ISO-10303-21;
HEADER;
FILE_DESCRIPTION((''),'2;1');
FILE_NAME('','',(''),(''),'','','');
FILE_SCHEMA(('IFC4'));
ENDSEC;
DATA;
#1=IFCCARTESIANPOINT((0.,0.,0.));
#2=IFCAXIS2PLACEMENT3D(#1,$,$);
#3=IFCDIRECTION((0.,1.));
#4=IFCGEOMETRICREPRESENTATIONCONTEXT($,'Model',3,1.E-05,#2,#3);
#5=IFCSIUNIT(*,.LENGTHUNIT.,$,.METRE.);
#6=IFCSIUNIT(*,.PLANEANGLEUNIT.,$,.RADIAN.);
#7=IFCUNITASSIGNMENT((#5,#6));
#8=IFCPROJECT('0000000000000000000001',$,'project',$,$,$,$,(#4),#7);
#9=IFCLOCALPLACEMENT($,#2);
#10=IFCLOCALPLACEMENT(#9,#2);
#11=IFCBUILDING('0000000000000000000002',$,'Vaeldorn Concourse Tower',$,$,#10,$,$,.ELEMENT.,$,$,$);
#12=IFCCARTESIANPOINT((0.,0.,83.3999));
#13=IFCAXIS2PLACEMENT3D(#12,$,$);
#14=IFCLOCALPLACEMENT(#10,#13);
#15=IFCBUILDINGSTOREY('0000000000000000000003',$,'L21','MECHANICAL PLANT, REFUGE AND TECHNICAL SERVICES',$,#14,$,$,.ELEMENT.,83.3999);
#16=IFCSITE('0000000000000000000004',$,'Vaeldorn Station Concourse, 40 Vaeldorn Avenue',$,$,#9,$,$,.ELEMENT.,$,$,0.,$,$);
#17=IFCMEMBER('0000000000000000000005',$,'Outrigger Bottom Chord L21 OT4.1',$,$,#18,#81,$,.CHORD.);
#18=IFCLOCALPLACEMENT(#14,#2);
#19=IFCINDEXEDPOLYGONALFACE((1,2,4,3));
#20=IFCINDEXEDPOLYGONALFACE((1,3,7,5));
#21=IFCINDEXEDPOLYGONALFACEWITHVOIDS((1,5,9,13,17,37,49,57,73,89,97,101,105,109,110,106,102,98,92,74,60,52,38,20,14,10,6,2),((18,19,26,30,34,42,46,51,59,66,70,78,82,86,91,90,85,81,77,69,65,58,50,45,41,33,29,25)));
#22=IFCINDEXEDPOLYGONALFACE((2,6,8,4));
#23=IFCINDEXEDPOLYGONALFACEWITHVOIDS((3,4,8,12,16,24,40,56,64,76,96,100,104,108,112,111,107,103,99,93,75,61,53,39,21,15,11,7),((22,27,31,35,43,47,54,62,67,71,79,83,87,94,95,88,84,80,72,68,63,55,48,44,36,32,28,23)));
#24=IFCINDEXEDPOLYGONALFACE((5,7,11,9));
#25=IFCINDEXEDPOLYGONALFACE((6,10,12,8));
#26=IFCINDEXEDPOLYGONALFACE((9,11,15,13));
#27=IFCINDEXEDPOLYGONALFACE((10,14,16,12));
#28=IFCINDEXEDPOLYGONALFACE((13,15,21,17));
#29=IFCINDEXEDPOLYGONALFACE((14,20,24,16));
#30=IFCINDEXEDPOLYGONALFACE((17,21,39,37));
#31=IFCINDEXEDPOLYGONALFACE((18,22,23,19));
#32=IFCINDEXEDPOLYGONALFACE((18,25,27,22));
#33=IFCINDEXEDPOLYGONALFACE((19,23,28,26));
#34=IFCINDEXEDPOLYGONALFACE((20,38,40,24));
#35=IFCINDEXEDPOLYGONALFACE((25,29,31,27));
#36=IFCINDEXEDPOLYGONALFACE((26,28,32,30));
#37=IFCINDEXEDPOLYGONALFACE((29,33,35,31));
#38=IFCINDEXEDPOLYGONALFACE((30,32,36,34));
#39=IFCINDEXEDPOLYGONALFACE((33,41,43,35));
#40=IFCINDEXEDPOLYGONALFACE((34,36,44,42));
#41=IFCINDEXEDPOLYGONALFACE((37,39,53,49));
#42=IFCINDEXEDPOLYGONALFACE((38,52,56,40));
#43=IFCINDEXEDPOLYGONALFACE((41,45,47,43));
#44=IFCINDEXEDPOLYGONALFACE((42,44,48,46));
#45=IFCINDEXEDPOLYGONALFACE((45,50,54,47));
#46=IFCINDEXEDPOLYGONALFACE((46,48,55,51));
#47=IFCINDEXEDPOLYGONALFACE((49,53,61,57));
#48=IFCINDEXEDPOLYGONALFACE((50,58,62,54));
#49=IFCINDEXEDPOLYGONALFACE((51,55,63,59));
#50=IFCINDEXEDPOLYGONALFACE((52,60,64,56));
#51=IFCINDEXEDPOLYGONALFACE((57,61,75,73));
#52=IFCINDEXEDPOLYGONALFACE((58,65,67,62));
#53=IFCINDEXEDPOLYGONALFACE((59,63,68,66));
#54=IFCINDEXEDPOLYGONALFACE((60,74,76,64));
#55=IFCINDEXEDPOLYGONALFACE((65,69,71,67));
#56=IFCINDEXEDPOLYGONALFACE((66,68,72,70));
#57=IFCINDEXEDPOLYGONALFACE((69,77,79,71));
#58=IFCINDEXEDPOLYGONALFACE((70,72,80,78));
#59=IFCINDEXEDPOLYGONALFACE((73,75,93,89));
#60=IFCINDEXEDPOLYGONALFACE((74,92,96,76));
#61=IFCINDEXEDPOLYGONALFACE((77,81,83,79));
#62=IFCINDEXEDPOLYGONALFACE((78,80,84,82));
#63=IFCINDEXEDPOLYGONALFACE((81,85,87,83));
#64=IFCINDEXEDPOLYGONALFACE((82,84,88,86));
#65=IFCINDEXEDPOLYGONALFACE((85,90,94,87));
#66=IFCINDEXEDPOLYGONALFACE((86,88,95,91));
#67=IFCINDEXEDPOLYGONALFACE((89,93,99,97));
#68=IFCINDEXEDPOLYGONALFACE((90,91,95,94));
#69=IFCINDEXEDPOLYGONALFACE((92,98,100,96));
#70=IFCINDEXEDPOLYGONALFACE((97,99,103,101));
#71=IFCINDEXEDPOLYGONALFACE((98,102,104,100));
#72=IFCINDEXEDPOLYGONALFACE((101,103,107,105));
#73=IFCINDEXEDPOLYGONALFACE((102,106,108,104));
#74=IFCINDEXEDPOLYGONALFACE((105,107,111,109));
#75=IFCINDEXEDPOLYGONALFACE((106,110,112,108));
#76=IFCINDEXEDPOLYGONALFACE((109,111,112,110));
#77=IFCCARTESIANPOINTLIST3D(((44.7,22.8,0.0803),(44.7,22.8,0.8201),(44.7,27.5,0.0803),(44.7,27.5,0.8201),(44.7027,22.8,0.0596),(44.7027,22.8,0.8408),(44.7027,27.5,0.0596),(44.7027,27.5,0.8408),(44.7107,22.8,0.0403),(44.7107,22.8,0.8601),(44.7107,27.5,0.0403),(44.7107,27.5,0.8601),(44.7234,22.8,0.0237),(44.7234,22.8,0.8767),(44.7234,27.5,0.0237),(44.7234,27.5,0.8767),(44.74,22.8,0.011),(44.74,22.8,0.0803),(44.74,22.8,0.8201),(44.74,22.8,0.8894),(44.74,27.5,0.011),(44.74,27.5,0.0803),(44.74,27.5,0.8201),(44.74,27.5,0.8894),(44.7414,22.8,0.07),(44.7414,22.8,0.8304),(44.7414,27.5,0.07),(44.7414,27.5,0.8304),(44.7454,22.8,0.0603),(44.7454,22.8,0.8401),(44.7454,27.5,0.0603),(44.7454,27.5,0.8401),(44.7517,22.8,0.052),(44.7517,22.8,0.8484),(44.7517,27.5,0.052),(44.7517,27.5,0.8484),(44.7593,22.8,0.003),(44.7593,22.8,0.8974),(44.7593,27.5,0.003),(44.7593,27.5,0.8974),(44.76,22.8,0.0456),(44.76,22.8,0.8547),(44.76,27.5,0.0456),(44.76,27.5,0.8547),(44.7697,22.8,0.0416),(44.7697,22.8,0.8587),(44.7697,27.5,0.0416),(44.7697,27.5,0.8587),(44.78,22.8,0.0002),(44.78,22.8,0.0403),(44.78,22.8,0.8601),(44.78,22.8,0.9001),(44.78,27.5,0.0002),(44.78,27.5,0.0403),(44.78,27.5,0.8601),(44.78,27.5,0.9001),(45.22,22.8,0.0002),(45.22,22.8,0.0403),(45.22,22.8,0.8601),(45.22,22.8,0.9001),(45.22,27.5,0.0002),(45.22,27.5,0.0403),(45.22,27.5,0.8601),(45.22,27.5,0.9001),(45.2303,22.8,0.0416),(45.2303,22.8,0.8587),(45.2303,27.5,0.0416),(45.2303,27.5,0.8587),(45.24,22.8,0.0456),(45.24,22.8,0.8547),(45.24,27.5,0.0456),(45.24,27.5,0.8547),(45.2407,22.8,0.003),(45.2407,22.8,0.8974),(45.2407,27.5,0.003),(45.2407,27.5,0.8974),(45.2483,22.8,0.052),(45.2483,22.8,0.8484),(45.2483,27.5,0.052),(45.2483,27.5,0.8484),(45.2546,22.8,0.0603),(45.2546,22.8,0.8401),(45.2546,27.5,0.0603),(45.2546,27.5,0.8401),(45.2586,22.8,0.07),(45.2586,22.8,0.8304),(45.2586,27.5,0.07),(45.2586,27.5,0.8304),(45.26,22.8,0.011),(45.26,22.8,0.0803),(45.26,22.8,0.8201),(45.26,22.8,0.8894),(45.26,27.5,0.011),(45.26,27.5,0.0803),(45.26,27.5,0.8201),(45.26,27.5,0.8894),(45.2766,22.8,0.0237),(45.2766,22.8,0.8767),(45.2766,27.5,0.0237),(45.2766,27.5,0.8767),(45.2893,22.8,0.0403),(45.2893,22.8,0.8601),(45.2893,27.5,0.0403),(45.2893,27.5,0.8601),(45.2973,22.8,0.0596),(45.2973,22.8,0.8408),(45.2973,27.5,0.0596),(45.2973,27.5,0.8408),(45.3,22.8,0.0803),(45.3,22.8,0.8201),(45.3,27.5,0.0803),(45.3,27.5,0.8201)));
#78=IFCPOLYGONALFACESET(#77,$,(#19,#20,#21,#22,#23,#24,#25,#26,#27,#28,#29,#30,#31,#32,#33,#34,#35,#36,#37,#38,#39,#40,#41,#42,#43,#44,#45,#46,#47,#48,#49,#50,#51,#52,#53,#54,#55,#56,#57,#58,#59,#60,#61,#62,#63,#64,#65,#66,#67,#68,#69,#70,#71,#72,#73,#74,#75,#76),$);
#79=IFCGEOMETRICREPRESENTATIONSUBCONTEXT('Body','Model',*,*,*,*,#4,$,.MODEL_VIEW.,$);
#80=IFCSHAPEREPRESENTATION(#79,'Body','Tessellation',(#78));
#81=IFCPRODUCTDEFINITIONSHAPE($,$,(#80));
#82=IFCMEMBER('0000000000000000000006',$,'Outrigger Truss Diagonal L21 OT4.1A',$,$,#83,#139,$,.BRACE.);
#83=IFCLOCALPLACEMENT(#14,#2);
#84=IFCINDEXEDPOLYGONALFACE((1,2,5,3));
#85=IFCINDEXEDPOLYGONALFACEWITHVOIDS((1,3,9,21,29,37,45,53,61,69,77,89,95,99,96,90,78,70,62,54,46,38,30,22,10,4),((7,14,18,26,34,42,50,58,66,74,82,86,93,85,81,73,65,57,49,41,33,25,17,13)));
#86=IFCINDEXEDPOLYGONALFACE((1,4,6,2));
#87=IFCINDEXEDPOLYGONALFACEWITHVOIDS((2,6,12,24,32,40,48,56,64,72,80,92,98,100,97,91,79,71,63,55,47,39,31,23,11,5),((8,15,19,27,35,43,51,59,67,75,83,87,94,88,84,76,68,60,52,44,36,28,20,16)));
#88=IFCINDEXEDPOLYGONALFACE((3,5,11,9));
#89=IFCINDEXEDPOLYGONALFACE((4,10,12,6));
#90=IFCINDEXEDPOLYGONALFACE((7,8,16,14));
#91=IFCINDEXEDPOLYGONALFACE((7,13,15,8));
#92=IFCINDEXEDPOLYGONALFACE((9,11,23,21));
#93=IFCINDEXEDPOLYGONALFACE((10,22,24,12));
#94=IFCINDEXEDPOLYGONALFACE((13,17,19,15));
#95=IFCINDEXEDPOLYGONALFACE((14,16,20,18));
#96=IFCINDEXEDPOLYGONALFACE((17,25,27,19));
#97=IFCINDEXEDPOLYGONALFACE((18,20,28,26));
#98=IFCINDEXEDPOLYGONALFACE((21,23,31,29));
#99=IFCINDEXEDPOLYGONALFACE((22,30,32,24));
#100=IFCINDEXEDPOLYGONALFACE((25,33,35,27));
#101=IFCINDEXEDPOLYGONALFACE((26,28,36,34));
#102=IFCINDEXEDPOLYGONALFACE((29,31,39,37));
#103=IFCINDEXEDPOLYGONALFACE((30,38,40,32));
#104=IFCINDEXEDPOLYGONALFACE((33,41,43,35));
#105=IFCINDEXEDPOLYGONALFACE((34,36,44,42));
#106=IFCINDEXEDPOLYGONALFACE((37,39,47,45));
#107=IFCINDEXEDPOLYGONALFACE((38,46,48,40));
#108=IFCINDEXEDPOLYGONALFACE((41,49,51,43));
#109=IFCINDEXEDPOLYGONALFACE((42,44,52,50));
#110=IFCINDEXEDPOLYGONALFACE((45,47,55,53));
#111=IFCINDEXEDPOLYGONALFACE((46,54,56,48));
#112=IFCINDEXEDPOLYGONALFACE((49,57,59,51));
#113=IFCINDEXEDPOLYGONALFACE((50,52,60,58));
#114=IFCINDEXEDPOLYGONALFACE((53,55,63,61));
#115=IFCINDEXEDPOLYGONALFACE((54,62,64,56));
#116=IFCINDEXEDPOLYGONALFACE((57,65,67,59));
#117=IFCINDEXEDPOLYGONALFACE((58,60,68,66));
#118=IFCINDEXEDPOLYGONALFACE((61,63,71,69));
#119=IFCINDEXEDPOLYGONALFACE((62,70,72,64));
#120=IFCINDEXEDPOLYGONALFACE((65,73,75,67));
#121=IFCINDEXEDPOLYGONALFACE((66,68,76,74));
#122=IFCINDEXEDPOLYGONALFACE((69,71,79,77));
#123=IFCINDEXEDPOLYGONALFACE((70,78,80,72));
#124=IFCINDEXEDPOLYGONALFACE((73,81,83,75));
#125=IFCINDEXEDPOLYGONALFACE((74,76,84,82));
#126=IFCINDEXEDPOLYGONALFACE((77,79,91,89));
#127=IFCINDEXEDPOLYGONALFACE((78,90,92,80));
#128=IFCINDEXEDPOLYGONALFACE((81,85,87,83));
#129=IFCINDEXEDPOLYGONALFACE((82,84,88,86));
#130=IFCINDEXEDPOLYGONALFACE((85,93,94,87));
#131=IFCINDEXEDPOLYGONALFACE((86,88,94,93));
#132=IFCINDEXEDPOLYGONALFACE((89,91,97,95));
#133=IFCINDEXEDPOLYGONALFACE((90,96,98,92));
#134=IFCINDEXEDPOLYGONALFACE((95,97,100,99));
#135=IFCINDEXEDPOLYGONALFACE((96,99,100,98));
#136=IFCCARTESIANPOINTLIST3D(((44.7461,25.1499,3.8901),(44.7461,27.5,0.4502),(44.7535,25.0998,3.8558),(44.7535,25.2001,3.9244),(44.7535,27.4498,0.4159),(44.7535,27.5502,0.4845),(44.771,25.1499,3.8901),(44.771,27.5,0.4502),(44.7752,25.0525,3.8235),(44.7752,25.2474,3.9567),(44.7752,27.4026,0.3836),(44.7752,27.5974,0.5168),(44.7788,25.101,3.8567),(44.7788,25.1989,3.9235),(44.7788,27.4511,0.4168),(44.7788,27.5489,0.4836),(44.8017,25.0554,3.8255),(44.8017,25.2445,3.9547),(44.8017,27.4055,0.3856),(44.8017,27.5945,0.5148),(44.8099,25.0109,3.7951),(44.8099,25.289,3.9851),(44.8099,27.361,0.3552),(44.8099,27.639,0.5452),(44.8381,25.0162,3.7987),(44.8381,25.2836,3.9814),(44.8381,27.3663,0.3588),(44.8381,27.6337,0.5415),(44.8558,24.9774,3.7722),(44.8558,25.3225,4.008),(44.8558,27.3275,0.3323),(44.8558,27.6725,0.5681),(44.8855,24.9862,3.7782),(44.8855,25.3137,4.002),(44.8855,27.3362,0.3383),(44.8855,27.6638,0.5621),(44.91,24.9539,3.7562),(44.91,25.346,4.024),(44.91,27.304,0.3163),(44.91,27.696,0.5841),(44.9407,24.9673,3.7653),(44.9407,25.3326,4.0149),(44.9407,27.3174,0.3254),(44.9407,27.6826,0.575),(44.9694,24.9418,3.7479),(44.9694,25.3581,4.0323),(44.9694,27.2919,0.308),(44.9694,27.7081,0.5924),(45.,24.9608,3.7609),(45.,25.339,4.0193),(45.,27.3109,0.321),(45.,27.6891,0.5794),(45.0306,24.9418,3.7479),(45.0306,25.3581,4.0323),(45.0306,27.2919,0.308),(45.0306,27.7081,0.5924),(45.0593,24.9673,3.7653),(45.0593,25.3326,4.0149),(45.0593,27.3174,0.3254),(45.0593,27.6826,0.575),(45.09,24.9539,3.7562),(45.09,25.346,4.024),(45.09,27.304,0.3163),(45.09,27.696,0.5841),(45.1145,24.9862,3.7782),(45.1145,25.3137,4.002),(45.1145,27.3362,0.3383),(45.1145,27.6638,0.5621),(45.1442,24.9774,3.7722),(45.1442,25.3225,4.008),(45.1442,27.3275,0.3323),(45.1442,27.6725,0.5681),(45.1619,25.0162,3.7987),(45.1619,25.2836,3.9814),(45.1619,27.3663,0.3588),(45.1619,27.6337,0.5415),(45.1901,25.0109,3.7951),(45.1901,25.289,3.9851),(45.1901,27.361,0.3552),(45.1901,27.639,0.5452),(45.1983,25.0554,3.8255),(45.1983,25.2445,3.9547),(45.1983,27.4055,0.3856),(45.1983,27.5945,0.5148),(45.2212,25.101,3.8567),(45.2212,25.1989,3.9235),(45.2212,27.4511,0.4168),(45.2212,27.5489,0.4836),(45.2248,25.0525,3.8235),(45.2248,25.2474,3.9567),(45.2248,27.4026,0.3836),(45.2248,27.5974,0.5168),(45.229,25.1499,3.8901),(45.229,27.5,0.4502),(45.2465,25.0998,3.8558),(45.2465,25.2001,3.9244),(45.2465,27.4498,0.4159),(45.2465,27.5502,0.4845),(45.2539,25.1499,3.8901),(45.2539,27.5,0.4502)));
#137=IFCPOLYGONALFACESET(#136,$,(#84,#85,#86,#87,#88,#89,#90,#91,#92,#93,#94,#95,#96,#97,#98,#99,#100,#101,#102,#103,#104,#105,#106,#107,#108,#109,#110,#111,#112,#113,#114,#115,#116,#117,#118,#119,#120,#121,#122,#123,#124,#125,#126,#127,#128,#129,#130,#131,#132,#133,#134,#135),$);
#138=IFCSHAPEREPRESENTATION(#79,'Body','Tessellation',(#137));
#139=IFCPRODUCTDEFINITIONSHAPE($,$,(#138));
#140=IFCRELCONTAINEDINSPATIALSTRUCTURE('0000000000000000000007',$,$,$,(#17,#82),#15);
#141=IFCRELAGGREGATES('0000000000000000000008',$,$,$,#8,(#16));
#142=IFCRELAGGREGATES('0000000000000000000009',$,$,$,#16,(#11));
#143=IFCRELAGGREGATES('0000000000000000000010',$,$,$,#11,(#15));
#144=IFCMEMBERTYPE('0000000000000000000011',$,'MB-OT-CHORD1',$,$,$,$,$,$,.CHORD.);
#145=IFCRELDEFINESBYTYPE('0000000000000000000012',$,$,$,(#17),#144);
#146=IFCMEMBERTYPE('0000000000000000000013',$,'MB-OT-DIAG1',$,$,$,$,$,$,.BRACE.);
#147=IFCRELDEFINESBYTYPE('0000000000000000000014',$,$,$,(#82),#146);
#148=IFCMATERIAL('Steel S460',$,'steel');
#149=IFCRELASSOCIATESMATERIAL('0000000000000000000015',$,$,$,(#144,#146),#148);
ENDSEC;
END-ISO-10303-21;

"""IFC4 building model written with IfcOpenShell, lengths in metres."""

from ifc_helpers import new_model, si_unit, direction, frame, origin, origin_2d, place, context, subcontext, project, spatial, hollow_rectangle, hollow_circle, extrude, source, transform, mapped, material, material_profile, profile_set, type_object, element, save


model = new_model("IFC4")

# Units and contexts
model_context = context("Model", 3, precision=1e-05, world=origin(), true_north=direction((0.0, 1.0)))
body_context = subcontext(model_context, "Body", "Model", "MODEL_VIEW")
ifc_project = project(units=[si_unit("LENGTHUNIT", "METRE"), si_unit("PLANEANGLEUNIT", "RADIAN")], contexts=[model_context])

# Site, building, storey
site_placement = place(None, origin())
site = spatial("IfcSite", under=ifc_project, at=site_placement, Name="Vaeldorn Station Concourse, 40 Vaeldorn Avenue", CompositionType="ELEMENT", RefElevation=0.0)
building_placement = place(site_placement, origin())
building = spatial("IfcBuilding", under=site, at=building_placement, Name="Vaeldorn Concourse Tower", CompositionType="ELEMENT")
storey_placement = place(building_placement, frame((0.0, 0.0, 83.3999)))
storey = spatial("IfcBuildingStorey", under=building, at=storey_placement, Name="L21", Description="MECHANICAL PLANT, REFUGE AND TECHNICAL SERVICES", CompositionType="ELEMENT", Elevation=83.3999)

# Shared definitions
ifc_material_1 = material(Name="Steel S460", Category="steel")

# Members
ifc_material_profile_1 = material_profile(ifc_material_1, hollow_rectangle(XDim=0.6001, YDim=0.8999, WallThickness=0.04, InnerFilletRadius=0.04, OuterFilletRadius=0.0801, at=origin_2d()), Name="RHS 900x600x40")
ifc_profile_set_1 = profile_set([ifc_material_profile_1], Name="Steel S460")
member_type_1 = type_object("IfcMemberType", Name="MB-OT-CHORD1", PredefinedType="CHORD", material=ifc_profile_set_1)
shared_shape_1 = source(origin(), body_context, "Body", "SweptSolid", [
    extrude(hollow_rectangle(XDim=0.6001, YDim=0.8999, WallThickness=0.04, InnerFilletRadius=0.04, OuterFilletRadius=0.0801, at=origin_2d()), origin(), (0.0, 0.0, 1.0), 4.7),
])
member_1_placement = place(storey_placement, frame((45.0, 27.5, 0.4502), z_axis=(0.0, -1.0, 0.0), x_axis=(1.0, 0.0, 0.0)))
element("IfcMember", 1, at=member_1_placement, inside=storey, type_object=member_type_1, Name="Outrigger Bottom Chord L21 OT4.1", PredefinedType="CHORD", context=body_context, shape_type="MappedRepresentation", body=[
    mapped(shared_shape_1, transform((0.0, 0.0, 0.0), scale=1.0)),
])
ifc_material_profile_2 = material_profile(ifc_material_1, hollow_circle(Radius=0.2539, WallThickness=0.0249, at=origin_2d()), Name="CHS 508x25")
ifc_profile_set_2 = profile_set([ifc_material_profile_2], Name="Steel S460")
member_type_2 = type_object("IfcMemberType", Name="MB-OT-DIAG1", PredefinedType="BRACE", material=ifc_profile_set_2)
shared_shape_2 = source(origin(), body_context, "Body", "SweptSolid", [
    extrude(hollow_circle(Radius=0.2539, WallThickness=0.0249, at=origin_2d()), origin(), (0.0, 0.0, 1.0), 4.166),
])
member_2_placement = place(storey_placement, frame((45.0, 27.5, 0.4502), z_axis=(0.0, -0.564104, 0.825704), x_axis=(1.0, 0.0, 0.0)))
element("IfcMember", 2, at=member_2_placement, inside=storey, type_object=member_type_2, Name="Outrigger Truss Diagonal L21 OT4.1A", PredefinedType="BRACE", context=body_context, shape_type="MappedRepresentation", body=[
    mapped(shared_shape_2, transform((0.0, 0.0, 0.0), scale=1.0)),
])

save(model, "model.ifc")
